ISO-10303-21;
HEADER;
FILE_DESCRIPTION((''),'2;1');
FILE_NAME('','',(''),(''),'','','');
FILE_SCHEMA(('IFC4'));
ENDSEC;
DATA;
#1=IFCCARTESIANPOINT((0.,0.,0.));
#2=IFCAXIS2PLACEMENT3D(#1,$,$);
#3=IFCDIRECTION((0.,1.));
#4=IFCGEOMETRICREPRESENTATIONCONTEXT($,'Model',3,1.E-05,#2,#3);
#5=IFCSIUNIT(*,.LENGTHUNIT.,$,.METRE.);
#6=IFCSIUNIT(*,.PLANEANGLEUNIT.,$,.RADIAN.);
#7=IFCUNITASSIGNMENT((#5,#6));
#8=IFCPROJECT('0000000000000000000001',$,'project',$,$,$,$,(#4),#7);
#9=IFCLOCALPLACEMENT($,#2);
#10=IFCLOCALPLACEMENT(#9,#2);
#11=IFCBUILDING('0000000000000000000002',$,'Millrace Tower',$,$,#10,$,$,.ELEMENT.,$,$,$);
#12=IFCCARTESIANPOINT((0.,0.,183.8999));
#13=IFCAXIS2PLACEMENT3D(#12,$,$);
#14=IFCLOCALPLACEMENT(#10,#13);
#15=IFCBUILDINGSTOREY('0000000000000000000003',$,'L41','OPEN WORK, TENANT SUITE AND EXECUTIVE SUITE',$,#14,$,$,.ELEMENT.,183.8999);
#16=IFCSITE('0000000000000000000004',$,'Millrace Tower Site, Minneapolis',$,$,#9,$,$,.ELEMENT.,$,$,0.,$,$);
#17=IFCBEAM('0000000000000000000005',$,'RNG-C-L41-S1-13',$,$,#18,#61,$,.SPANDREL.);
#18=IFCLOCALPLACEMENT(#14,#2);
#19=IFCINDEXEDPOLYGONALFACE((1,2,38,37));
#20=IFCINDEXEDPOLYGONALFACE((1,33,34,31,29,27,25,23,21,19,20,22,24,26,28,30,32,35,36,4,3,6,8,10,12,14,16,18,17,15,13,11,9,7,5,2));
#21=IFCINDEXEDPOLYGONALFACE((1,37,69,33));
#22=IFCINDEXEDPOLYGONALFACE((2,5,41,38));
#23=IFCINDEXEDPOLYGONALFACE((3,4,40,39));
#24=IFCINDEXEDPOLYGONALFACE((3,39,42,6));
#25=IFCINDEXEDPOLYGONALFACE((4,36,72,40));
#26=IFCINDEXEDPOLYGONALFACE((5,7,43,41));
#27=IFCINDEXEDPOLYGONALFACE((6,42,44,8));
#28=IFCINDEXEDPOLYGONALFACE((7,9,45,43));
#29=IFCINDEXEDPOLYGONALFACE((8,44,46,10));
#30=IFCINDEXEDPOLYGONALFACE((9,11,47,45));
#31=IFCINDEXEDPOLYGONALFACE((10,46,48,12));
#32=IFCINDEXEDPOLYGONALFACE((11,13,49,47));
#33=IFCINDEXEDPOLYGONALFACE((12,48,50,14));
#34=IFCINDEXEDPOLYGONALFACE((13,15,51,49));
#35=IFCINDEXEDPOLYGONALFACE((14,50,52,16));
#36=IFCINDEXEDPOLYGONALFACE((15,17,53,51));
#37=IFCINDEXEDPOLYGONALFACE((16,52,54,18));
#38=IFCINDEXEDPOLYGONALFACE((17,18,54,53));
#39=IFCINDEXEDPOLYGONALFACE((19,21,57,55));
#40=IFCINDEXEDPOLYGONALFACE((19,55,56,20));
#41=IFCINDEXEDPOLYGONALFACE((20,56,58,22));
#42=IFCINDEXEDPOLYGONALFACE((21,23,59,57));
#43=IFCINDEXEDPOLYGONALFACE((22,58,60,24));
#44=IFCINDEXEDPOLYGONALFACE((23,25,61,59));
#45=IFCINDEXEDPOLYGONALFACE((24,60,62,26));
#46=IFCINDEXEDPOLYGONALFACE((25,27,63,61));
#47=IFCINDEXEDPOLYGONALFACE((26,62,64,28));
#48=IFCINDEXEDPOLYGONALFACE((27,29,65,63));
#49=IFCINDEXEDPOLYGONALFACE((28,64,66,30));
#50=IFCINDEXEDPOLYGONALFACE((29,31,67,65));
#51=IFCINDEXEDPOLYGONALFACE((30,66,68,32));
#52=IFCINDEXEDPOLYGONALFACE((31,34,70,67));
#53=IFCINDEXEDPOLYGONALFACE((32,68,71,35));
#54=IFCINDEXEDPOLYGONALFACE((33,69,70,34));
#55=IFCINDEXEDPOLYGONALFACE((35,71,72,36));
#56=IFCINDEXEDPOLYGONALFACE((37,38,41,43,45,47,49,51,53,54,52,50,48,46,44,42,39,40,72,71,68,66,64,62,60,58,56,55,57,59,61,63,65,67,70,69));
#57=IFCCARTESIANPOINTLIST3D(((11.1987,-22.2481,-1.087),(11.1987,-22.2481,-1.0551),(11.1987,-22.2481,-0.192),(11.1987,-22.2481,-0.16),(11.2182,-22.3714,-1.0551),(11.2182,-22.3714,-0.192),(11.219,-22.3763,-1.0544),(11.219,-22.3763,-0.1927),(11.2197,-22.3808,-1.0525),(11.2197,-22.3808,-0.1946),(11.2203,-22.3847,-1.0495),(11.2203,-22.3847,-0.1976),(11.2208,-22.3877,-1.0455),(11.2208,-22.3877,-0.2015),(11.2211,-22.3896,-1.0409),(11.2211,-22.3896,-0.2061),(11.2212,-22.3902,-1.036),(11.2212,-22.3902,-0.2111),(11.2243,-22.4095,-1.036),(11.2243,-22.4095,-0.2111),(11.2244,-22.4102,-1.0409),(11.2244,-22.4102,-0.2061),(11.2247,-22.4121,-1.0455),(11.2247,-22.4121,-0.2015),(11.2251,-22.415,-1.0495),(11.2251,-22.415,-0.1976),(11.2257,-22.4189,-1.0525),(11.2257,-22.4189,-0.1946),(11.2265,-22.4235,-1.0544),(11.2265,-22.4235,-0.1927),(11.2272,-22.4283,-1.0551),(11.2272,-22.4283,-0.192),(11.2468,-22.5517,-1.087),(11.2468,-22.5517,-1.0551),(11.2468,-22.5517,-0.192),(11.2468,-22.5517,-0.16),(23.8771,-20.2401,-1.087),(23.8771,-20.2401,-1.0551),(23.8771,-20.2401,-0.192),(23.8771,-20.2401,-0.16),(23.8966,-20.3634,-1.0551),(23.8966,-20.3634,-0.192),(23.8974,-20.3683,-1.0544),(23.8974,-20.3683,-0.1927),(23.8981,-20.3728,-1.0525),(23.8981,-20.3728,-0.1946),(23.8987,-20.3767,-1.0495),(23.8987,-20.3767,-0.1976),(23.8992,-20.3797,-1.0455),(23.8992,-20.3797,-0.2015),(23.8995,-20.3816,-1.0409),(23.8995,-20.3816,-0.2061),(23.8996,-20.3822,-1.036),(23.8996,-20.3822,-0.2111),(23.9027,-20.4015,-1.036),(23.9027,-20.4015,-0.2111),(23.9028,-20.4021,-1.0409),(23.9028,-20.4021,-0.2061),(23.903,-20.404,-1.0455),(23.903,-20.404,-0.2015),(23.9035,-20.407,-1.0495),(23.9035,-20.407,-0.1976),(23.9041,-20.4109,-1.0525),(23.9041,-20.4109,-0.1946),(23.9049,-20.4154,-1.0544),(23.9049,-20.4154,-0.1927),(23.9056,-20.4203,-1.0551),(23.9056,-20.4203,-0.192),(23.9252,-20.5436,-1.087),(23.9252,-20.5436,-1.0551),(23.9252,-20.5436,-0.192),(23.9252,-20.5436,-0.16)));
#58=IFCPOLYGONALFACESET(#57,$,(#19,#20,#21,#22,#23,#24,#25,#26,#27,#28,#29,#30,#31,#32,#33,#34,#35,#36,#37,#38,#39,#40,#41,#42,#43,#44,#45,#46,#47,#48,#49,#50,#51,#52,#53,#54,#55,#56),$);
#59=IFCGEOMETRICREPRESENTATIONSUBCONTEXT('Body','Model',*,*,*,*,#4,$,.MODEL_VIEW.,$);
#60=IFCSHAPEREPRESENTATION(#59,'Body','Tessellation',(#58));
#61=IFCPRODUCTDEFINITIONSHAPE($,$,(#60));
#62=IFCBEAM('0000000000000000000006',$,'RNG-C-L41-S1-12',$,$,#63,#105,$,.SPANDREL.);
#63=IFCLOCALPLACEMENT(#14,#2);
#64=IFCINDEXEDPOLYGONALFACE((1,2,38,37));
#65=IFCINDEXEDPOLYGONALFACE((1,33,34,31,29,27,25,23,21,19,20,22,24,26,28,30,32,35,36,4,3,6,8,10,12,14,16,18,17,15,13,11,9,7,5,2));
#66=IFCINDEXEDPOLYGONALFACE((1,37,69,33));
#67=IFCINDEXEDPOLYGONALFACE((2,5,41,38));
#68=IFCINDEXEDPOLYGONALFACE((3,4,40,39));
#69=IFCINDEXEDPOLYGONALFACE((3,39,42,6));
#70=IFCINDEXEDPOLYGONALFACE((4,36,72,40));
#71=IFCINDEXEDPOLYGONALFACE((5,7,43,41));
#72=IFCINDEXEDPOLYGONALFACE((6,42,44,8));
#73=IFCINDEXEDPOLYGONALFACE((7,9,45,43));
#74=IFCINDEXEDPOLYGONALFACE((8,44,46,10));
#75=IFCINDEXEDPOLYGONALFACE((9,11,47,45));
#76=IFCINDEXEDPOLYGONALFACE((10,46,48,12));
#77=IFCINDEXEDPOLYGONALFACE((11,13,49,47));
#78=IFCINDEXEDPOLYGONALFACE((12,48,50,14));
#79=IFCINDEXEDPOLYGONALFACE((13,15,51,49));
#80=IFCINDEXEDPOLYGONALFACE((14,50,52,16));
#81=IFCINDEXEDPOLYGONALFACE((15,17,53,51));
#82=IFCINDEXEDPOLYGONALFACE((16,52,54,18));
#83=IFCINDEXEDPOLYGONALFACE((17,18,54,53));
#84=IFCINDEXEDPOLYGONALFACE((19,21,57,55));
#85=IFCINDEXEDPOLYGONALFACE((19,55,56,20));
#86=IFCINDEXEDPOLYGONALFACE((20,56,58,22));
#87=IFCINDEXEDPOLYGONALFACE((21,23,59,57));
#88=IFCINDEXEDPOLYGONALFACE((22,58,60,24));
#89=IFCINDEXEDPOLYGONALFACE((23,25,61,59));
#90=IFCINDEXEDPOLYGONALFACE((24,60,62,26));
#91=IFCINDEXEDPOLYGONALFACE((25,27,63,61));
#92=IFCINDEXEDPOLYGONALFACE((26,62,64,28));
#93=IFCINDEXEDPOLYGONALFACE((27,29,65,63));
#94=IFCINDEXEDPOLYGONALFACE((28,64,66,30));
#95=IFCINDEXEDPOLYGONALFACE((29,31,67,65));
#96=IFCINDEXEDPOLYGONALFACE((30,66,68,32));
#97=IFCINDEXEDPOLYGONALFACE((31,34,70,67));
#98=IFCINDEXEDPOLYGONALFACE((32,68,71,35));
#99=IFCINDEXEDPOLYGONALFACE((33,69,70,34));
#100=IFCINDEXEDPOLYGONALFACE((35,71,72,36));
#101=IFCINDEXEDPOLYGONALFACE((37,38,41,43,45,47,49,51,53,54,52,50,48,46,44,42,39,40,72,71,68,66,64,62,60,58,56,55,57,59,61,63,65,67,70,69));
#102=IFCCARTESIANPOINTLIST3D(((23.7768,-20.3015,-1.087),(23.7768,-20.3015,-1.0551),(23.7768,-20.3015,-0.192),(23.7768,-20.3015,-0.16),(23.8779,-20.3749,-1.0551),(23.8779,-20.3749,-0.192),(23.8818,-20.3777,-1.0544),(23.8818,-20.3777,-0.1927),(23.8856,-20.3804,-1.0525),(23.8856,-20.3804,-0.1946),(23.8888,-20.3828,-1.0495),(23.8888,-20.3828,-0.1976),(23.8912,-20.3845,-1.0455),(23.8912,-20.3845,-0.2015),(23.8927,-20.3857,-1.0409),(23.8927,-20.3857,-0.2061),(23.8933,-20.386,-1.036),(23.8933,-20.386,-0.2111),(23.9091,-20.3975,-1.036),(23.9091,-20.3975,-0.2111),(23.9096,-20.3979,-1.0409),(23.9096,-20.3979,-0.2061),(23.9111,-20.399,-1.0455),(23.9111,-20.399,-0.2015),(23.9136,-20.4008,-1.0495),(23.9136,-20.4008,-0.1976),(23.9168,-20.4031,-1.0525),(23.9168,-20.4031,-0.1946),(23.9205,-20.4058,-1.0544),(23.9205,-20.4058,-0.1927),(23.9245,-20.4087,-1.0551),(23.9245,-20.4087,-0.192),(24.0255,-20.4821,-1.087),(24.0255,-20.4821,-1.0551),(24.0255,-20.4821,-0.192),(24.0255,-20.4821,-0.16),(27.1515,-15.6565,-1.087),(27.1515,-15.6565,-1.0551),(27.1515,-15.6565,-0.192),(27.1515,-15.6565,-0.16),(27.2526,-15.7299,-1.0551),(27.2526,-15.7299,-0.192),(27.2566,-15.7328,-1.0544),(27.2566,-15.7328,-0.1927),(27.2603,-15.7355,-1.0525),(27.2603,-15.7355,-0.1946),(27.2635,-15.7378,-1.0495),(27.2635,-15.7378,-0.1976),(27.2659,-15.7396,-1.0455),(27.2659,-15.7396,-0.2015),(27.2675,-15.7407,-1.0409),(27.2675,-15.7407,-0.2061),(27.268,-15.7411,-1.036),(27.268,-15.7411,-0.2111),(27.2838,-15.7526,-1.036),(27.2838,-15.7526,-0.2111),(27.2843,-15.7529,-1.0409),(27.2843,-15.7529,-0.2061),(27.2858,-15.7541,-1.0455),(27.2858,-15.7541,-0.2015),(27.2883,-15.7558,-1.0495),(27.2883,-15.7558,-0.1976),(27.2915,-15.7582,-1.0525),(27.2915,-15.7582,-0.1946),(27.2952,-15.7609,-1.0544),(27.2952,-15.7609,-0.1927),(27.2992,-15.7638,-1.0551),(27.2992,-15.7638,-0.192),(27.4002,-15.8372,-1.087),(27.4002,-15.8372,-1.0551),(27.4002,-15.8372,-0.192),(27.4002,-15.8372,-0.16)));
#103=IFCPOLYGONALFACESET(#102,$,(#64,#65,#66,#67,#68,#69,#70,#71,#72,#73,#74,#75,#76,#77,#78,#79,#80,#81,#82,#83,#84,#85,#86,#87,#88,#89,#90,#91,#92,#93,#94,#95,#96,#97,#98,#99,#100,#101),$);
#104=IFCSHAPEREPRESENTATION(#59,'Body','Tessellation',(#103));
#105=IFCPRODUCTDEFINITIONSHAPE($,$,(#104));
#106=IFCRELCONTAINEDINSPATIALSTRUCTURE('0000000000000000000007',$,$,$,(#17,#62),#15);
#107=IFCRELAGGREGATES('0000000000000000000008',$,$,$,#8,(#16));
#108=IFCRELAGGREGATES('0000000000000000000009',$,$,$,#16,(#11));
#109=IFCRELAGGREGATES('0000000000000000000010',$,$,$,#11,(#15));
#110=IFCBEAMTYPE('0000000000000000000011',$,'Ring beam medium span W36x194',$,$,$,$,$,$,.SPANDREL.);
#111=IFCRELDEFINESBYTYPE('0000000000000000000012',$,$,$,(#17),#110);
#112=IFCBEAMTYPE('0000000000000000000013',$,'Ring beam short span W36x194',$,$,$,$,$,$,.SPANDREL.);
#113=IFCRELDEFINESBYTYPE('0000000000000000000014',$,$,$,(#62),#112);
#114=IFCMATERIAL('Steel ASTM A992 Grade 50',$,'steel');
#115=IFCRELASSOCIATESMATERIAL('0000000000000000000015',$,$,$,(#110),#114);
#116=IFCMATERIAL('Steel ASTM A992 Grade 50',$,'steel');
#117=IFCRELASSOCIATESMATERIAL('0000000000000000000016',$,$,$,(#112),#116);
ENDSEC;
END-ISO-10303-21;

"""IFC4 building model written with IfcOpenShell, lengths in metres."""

from ifc_helpers import new_model, si_unit, direction, frame, origin, origin_2d, place, context, subcontext, project, spatial, i_section, extrude, material, material_profile, profile_set, type_object, element, save


model = new_model("IFC4")

# Units and contexts
model_context = context("Model", 3, precision=1e-05, world=origin(), true_north=direction((0.0, 1.0)))
body_context = subcontext(model_context, "Body", "Model", "MODEL_VIEW")
ifc_project = project(units=[si_unit("LENGTHUNIT", "METRE"), si_unit("PLANEANGLEUNIT", "RADIAN")], contexts=[model_context])

# Site, building, storey
site_placement = place(None, origin())
site = spatial("IfcSite", under=ifc_project, at=site_placement, Name="Millrace Tower Site, Minneapolis", CompositionType="ELEMENT", RefElevation=0.0)
building_placement = place(site_placement, origin())
building = spatial("IfcBuilding", under=site, at=building_placement, Name="Millrace Tower", CompositionType="ELEMENT")
storey_placement = place(building_placement, frame((0.0, 0.0, 183.8999)))
storey = spatial("IfcBuildingStorey", under=building, at=storey_placement, Name="L41", Description="OPEN WORK, TENANT SUITE AND EXECUTIVE SUITE", CompositionType="ELEMENT", Elevation=183.8999)

# Beams
ifc_material_1 = material(Name="Steel ASTM A992 Grade 50", Category="steel")
ifc_material_profile_1 = material_profile(ifc_material_1, i_section(OverallWidth=0.3074, OverallDepth=0.927, WebThickness=0.0195, FlangeThickness=0.032, FilletRadius=0.019, at=origin_2d()))
ifc_profile_set_1 = profile_set([ifc_material_profile_1], Name="Steel ASTM A992 Grade 50")
beam_type_1 = type_object("IfcBeamType", Name="Ring beam medium span W36x194", PredefinedType="SPANDREL", material=ifc_profile_set_1)
beam_1_placement = place(storey_placement, frame((23.9011, -20.3918, -0.6235), z_axis=(-0.987689, -0.156433, 0.0), x_axis=(0.156433, -0.987689, 0.0)))
element("IfcBeam", 1, at=beam_1_placement, inside=storey, type_object=beam_type_1, Name="RNG-C-L41-S1-13", PredefinedType="SPANDREL", context=body_context, shape_type="SweptSolid", body=[
    extrude(i_section(OverallWidth=0.3074, OverallDepth=0.927, WebThickness=0.0195, FlangeThickness=0.032, FilletRadius=0.019, at=origin_2d()), origin(), (0.0, 0.0, 1.0), 12.8364),
])
ifc_material_2 = material(Name="Steel ASTM A992 Grade 50", Category="steel")
ifc_material_profile_2 = material_profile(ifc_material_2, i_section(OverallWidth=0.3074, OverallDepth=0.927, WebThickness=0.0195, FlangeThickness=0.032, FilletRadius=0.019, at=origin_2d()))
ifc_profile_set_2 = profile_set([ifc_material_profile_2], Name="Steel ASTM A992 Grade 50")
beam_type_2 = type_object("IfcBeamType", Name="Ring beam short span W36x194", PredefinedType="SPANDREL", material=ifc_profile_set_2)
beam_2_placement = place(storey_placement, frame((27.2759, -15.7468, -0.6235), z_axis=(-0.58778, -0.809021, 0.0), x_axis=(0.809021, -0.58778, 0.0)))
element("IfcBeam", 2, at=beam_2_placement, inside=storey, type_object=beam_type_2, Name="RNG-C-L41-S1-12", PredefinedType="SPANDREL", context=body_context, shape_type="SweptSolid", body=[
    extrude(i_section(OverallWidth=0.3074, OverallDepth=0.927, WebThickness=0.0195, FlangeThickness=0.032, FilletRadius=0.019, at=origin_2d()), origin(), (0.0, 0.0, 1.0), 5.7415),
])

save(model, "model.ifc")
